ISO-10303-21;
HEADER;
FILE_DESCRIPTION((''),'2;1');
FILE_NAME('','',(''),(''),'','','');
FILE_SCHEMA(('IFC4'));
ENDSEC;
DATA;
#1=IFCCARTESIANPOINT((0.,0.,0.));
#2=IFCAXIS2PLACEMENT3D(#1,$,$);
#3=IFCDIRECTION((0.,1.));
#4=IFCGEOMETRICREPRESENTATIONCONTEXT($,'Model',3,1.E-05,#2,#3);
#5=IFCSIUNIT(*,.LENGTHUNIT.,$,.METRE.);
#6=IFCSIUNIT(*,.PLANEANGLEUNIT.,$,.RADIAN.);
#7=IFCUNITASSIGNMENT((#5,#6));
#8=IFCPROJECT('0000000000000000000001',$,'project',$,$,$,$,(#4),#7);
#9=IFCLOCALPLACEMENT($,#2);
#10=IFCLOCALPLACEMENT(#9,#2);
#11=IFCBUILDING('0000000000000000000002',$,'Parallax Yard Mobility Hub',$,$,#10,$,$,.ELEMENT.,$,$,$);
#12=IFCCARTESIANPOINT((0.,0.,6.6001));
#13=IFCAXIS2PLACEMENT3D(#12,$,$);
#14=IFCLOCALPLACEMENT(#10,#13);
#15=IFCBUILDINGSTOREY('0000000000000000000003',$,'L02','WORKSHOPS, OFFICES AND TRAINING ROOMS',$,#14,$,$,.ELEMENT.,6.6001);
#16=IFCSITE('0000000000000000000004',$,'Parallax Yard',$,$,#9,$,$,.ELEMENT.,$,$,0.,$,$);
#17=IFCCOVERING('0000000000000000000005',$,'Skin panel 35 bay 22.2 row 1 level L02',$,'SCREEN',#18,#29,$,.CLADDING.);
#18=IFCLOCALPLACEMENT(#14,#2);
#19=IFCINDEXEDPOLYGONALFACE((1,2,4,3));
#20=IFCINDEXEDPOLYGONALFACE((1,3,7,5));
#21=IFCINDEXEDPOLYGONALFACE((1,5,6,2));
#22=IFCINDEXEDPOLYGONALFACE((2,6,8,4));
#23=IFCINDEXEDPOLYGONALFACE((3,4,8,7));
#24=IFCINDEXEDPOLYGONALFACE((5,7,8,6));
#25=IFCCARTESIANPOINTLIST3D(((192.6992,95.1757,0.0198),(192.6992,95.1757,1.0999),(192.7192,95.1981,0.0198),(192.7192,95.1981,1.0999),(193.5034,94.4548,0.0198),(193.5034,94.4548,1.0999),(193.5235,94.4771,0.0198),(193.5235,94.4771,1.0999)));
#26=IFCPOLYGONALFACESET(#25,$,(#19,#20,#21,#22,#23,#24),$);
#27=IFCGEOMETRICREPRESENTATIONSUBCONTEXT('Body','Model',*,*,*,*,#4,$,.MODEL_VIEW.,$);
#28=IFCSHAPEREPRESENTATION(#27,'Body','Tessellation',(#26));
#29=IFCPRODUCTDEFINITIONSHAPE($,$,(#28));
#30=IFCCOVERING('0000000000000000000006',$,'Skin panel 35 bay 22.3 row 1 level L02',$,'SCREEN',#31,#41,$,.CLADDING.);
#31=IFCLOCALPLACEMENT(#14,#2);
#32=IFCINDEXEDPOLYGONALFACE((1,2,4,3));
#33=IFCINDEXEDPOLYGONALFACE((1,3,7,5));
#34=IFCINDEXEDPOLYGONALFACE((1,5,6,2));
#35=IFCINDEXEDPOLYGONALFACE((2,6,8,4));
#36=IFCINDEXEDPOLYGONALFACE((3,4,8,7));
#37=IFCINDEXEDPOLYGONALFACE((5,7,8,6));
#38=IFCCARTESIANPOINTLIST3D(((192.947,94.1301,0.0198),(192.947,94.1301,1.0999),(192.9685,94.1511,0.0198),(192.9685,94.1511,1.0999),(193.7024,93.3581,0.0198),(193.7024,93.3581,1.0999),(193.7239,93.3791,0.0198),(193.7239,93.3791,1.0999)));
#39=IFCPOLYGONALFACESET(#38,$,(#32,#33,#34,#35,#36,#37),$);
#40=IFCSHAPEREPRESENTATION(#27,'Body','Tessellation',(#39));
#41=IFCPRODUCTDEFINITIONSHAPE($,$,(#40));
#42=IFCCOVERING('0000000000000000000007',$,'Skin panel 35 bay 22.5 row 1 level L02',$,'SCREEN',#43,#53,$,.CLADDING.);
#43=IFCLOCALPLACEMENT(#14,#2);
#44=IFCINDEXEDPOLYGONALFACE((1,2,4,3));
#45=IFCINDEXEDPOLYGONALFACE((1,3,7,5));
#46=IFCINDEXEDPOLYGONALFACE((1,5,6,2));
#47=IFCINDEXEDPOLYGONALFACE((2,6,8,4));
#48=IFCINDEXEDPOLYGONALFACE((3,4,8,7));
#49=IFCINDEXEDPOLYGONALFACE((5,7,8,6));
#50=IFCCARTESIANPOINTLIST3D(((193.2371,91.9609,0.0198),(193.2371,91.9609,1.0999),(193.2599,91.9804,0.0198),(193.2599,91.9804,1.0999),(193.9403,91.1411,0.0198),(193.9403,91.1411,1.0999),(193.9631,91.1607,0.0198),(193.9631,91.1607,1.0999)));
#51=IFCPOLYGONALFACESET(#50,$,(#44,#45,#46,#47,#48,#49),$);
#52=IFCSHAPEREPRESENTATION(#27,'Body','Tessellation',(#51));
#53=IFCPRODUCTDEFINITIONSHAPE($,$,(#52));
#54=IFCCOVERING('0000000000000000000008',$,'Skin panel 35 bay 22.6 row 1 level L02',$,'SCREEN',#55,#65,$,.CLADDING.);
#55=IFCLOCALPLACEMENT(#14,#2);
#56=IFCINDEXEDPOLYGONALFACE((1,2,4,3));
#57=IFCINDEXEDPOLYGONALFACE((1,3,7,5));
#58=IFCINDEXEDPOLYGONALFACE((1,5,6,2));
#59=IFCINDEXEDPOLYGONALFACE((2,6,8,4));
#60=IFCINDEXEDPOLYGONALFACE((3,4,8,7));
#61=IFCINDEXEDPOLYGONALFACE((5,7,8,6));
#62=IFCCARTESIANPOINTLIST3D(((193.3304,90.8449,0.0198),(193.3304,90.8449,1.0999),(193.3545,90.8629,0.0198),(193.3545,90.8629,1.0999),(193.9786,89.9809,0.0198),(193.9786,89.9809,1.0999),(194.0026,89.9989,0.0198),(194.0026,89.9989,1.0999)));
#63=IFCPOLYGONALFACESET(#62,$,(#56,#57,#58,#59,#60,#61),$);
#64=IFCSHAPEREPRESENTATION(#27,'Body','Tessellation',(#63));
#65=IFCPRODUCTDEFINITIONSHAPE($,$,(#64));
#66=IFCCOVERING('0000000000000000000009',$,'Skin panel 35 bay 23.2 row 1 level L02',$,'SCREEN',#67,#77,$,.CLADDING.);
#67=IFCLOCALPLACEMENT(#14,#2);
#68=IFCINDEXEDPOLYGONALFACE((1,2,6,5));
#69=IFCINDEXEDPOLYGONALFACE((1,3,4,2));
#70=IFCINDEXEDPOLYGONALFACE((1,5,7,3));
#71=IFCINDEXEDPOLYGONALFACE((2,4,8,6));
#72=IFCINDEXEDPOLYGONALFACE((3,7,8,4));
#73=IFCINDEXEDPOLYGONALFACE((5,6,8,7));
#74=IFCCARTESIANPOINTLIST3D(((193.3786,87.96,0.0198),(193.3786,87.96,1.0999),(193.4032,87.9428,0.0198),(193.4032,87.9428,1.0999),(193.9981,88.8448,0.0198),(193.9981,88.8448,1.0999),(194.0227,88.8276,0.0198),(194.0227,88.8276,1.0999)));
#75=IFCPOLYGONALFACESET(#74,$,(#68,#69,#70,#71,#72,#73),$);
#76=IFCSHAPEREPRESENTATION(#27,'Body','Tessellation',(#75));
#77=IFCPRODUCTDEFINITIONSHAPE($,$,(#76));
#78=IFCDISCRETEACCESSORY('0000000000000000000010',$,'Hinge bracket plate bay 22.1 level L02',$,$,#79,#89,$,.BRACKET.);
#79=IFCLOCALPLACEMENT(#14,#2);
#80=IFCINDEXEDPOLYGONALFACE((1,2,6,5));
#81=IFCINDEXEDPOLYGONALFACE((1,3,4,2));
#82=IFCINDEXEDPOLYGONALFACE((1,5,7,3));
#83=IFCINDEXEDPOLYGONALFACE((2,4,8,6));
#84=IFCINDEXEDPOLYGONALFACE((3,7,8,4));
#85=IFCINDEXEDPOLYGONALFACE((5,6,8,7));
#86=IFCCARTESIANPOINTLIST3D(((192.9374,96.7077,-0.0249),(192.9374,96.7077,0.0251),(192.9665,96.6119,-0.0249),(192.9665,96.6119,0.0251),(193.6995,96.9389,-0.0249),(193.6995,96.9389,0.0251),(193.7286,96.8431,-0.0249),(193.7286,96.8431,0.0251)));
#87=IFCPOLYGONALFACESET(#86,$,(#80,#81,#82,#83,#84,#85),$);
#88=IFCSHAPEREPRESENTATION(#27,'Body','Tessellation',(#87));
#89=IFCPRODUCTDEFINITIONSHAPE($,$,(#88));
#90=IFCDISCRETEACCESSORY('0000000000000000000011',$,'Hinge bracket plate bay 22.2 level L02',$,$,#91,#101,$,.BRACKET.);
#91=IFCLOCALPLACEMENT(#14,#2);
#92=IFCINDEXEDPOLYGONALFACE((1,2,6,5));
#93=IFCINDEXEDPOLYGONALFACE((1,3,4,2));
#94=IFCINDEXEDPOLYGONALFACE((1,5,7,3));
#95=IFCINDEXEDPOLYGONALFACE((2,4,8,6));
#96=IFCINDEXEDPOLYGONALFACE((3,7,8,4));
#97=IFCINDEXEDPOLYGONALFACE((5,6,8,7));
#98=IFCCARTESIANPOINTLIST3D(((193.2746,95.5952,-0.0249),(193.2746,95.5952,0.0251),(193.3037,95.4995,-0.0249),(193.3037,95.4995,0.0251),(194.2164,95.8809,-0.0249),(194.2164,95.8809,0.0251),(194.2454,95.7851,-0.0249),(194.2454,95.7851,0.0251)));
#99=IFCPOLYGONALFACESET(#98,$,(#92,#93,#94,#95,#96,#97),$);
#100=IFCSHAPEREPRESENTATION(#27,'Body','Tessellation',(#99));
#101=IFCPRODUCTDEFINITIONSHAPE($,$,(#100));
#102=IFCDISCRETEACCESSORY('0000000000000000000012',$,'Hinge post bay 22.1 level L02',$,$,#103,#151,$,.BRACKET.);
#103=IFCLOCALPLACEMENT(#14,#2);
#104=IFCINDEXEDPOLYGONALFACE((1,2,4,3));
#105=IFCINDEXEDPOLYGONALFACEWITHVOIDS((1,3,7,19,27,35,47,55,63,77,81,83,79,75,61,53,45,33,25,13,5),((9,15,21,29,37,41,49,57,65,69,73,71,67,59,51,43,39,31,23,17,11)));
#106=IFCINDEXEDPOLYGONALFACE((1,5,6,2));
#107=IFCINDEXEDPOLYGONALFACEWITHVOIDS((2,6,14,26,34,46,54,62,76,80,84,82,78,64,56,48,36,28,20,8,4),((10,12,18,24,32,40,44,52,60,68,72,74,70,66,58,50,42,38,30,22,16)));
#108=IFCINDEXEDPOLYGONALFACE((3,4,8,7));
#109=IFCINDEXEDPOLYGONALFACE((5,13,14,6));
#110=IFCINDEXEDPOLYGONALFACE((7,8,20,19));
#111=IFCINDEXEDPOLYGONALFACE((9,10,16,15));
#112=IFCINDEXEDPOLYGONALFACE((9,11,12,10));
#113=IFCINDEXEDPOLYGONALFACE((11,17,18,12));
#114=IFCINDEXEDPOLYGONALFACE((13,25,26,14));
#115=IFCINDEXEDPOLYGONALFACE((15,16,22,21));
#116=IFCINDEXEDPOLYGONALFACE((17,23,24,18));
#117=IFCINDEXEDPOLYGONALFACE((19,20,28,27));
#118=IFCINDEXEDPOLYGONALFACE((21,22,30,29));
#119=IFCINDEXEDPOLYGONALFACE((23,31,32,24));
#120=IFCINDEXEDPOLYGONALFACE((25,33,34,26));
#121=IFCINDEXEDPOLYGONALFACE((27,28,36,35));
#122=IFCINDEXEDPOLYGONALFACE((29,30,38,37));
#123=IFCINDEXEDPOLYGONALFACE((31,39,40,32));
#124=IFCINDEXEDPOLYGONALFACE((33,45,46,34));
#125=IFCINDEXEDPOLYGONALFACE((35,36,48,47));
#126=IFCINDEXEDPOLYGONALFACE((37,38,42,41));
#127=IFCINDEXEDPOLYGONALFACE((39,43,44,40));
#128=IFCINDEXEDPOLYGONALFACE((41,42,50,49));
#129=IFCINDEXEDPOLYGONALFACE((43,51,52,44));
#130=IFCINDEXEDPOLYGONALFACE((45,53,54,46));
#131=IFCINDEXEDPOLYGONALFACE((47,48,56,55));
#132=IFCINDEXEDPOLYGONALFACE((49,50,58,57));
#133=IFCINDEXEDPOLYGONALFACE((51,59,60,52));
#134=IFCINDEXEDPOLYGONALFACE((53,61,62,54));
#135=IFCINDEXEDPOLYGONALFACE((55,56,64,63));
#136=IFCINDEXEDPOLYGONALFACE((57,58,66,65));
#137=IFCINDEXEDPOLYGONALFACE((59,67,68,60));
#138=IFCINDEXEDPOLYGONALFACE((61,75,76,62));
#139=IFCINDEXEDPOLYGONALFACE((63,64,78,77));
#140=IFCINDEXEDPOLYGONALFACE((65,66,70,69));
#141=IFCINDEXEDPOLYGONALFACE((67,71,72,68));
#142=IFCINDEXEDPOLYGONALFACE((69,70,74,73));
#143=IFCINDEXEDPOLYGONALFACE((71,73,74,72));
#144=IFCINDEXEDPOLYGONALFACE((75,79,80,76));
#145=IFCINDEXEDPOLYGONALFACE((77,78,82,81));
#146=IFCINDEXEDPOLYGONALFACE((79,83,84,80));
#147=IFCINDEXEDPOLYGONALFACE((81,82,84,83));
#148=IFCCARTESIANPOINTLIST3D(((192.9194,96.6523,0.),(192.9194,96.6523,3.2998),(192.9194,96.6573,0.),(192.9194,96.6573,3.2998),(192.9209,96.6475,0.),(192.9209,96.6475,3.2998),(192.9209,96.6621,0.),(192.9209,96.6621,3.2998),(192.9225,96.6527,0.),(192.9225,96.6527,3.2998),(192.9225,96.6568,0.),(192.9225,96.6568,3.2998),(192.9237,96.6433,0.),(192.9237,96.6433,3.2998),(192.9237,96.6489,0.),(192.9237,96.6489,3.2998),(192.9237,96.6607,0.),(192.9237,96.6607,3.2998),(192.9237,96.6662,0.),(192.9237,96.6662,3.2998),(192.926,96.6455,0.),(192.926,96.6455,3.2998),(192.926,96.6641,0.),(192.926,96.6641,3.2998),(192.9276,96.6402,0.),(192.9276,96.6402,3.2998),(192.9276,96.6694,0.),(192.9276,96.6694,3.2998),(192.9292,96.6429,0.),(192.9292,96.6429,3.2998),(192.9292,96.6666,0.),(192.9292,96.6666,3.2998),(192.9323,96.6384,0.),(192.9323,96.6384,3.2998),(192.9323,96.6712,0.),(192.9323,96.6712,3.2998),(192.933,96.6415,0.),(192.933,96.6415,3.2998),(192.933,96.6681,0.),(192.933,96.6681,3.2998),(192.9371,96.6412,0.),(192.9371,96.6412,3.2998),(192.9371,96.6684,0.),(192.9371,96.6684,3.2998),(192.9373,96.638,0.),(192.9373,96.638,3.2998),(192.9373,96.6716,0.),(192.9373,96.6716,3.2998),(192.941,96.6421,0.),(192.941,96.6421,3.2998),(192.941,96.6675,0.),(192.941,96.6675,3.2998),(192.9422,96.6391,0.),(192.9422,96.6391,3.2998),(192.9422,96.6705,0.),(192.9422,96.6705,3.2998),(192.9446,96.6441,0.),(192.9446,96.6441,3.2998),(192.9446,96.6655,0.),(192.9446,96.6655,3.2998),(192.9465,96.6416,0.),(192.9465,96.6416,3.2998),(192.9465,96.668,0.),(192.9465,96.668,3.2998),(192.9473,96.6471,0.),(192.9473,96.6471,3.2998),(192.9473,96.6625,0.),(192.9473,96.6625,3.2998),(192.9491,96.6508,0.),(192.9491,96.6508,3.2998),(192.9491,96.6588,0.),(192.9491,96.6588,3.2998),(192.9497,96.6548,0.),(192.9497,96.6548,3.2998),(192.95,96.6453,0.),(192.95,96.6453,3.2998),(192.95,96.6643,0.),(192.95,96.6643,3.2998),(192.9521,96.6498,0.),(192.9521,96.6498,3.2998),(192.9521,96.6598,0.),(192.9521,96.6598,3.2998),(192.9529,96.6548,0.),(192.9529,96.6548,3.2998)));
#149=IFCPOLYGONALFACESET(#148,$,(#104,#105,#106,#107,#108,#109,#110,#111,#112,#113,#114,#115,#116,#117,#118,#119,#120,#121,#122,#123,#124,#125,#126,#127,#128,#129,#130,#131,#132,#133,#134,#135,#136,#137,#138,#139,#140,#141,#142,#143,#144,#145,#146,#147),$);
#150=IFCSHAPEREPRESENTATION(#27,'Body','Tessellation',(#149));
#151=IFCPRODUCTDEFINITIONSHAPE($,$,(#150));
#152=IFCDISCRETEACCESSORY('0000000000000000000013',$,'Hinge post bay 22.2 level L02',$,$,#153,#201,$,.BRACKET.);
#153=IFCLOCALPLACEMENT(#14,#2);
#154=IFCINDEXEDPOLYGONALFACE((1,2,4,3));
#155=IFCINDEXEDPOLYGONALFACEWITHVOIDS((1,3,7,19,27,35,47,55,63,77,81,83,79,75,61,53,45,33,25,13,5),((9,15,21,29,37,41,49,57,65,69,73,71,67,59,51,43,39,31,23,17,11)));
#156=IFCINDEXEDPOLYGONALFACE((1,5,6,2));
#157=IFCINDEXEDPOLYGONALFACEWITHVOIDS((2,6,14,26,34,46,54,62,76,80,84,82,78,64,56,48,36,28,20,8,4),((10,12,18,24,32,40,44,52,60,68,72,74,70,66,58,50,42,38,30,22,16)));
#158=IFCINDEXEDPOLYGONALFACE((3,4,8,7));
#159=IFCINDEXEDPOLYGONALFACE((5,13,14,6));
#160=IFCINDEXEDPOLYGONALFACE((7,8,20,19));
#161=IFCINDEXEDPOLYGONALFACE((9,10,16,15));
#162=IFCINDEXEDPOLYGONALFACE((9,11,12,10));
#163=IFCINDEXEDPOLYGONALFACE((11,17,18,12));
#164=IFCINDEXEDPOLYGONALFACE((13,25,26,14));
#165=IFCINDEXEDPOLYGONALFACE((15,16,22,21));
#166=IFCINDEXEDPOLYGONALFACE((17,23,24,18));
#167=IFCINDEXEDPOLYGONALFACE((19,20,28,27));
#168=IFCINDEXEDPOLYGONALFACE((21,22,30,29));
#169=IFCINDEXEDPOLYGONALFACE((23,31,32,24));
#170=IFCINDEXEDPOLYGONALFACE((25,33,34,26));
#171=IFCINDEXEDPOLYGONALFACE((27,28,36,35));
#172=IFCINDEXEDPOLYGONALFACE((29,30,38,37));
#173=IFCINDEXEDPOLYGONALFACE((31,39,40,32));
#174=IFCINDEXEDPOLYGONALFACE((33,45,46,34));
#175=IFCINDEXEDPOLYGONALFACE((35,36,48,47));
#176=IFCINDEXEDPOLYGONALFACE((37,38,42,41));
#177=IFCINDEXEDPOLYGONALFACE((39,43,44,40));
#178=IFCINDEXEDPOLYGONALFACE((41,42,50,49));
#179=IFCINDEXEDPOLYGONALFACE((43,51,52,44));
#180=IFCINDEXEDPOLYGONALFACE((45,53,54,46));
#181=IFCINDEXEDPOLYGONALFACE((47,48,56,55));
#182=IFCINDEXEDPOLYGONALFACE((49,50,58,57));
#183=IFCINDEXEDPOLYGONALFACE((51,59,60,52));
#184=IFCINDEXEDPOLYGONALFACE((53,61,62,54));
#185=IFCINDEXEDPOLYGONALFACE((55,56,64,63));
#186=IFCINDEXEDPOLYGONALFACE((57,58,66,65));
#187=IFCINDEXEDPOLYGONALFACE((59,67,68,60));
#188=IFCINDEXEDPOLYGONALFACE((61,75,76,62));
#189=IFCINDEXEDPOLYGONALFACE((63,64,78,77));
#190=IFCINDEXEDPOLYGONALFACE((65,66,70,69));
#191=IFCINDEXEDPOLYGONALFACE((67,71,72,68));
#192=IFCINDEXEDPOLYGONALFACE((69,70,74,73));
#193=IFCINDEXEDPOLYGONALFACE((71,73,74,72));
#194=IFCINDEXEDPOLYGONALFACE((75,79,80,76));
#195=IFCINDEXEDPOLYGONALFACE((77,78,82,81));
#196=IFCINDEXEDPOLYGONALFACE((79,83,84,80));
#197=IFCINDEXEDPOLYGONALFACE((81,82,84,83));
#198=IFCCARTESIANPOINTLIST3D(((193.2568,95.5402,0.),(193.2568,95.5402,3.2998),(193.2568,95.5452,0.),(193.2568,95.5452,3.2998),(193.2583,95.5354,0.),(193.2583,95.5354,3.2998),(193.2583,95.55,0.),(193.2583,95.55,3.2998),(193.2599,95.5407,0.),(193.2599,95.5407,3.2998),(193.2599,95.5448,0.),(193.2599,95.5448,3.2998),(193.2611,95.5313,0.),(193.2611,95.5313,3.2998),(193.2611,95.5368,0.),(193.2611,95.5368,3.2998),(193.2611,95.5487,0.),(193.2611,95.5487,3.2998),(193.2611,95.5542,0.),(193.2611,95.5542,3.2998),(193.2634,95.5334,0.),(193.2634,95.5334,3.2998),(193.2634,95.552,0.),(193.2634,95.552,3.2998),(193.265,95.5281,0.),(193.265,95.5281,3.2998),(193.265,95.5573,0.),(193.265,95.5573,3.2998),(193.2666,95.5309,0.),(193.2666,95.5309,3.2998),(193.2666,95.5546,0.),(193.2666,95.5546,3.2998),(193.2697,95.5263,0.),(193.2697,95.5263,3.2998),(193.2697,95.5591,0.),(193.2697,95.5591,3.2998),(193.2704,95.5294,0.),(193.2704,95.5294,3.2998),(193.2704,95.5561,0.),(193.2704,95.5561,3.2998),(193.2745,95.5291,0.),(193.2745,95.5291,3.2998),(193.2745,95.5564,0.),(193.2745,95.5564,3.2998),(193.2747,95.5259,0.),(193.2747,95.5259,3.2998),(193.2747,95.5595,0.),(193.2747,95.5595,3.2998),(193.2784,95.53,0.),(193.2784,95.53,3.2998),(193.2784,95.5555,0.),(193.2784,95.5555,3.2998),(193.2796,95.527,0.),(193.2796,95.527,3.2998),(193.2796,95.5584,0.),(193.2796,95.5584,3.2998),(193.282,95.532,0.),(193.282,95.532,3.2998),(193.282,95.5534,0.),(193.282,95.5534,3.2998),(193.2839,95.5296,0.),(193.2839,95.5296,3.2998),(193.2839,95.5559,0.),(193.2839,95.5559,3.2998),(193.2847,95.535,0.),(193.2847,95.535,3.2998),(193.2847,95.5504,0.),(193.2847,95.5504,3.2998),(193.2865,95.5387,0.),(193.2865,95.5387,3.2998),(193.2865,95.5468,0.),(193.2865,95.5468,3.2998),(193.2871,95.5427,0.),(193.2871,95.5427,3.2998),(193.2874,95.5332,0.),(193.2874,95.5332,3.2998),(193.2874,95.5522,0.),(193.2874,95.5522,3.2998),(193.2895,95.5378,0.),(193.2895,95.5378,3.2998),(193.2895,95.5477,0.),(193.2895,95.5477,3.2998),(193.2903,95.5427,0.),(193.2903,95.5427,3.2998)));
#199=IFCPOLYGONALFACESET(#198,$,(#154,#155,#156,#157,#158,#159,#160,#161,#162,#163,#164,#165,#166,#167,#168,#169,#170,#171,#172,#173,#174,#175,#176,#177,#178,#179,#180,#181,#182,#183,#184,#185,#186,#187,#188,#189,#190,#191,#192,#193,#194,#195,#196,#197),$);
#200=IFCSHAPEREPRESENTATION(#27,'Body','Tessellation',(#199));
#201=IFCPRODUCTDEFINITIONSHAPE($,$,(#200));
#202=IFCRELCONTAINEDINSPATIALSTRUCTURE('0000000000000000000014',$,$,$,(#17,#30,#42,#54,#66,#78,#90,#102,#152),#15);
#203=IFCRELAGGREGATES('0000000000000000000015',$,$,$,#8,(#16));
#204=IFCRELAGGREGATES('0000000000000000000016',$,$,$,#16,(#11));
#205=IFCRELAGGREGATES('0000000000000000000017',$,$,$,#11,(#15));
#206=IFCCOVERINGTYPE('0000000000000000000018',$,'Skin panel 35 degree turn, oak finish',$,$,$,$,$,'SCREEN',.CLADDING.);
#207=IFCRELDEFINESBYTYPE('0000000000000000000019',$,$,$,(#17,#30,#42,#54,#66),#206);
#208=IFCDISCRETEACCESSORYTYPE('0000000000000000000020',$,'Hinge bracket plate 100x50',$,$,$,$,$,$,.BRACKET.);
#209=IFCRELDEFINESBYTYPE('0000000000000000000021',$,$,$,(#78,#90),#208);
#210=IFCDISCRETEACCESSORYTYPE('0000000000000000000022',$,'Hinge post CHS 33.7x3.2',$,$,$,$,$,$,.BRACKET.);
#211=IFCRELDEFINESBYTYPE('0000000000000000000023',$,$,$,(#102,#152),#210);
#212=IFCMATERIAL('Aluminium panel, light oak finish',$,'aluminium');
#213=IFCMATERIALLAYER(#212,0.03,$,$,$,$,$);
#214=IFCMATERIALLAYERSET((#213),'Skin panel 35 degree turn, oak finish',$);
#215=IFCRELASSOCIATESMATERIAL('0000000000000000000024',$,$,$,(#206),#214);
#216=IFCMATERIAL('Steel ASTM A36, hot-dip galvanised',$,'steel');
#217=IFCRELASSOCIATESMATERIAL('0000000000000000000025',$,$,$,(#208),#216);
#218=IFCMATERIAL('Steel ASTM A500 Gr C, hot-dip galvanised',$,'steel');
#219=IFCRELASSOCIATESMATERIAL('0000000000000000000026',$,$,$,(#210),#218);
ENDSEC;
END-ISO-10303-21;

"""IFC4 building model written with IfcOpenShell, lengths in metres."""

from ifc_helpers import new_model, si_unit, direction, frame, origin, origin_2d, place, context, subcontext, project, spatial, rectangle, hollow_circle, extrude, material, layer, layer_set, material_profile, profile_set, type_object, element, save


model = new_model("IFC4")

# Units and contexts
model_context = context("Model", 3, precision=1e-05, world=origin(), true_north=direction((0.0, 1.0)))
body_context = subcontext(model_context, "Body", "Model", "MODEL_VIEW")
ifc_project = project(units=[si_unit("LENGTHUNIT", "METRE"), si_unit("PLANEANGLEUNIT", "RADIAN")], contexts=[model_context])

# Site, building, storey
site_placement = place(None, origin())
site = spatial("IfcSite", under=ifc_project, at=site_placement, Name="Parallax Yard", CompositionType="ELEMENT", RefElevation=0.0)
building_placement = place(site_placement, origin())
building = spatial("IfcBuilding", under=site, at=building_placement, Name="Parallax Yard Mobility Hub", CompositionType="ELEMENT")
storey_placement = place(building_placement, frame((0.0, 0.0, 6.6001)))
storey = spatial("IfcBuildingStorey", under=building, at=storey_placement, Name="L02", Description="WORKSHOPS, OFFICES AND TRAINING ROOMS", CompositionType="ELEMENT", Elevation=6.6001)

# Coverings
ifc_material_1 = material(Name="Aluminium panel, light oak finish", Category="aluminium")
ifc_layer_1 = layer(ifc_material_1, 0.03)
ifc_layer_set_1 = layer_set([ifc_layer_1], Name="Skin panel 35 degree turn, oak finish")
covering_type_1 = type_object("IfcCoveringType", Name="Skin panel 35 degree turn, oak finish", ElementType="SCREEN", PredefinedType="CLADDING", material=ifc_layer_set_1)
for number, where, z_axis, x_axis, name in (
    (1, (193.1113, 94.8264, 0.0198), (0.0, 0.0, 1.0), (-0.744603, 0.667508, 0.0), "Skin panel 35 bay 22.2 row 1 level L02"),
    (2, (193.3354, 93.7546, 0.0198), (0.0, 0.0, 1.0), (-0.699352, 0.714778, 0.0), "Skin panel 35 bay 22.3 row 1 level L02"),
    (3, (193.6001, 91.5608, 0.0198), (0.0, 0.0, 1.0), (-0.651105, 0.758987, 0.0), "Skin panel 35 bay 22.5 row 1 level L02"),
    (4, (193.6665, 90.4219, 0.0198), (0.0, 0.0, 1.0), (-0.600071, 0.799947, 0.0), "Skin panel 35 bay 22.6 row 1 level L02"),
    (5, (193.7007, 88.3938, 0.0198), (0.0, 0.0, 1.0), (-0.573576, -0.819152, 0.0), "Skin panel 35 bay 23.2 row 1 level L02"),
):
    element("IfcCovering", number, at=place(storey_placement, frame(where, z_axis=z_axis, x_axis=x_axis)), inside=storey, type_object=covering_type_1, Name=name, ObjectType="SCREEN", PredefinedType="CLADDING", context=body_context, shape_type="SweptSolid", body=[
        extrude(rectangle(XDim=1.0801, YDim=0.03, at=origin_2d()), origin(), (0.0, 0.0, 1.0), 1.0801),
    ])

# Discrete accessories
ifc_material_2 = material(Name="Steel ASTM A36, hot-dip galvanised", Category="steel")
discrete_accessory_type_1 = type_object("IfcDiscreteAccessoryType", Name="Hinge bracket plate 100x50", PredefinedType="BRACKET", material=ifc_material_2)
discrete_accessory_1_placement = place(storey_placement, frame((193.333, 96.7754, -0.0249), z_axis=(0.0, 0.0, 1.0), x_axis=(-0.95694, -0.290285, 0.0)))
element("IfcDiscreteAccessory", 6, at=discrete_accessory_1_placement, inside=storey, type_object=discrete_accessory_type_1, Name="Hinge bracket plate bay 22.1 level L02", PredefinedType="BRACKET", context=body_context, shape_type="SweptSolid", body=[
    extrude(rectangle(XDim=0.7964, YDim=0.1001, at=origin_2d()), origin(), (0.0, 0.0, 1.0), 0.05),
])
discrete_accessory_2_placement = place(storey_placement, frame((193.76, 95.6902, -0.0249), z_axis=(0.0, 0.0, 1.0), x_axis=(-0.95694, -0.290285, 0.0)))
element("IfcDiscreteAccessory", 7, at=discrete_accessory_2_placement, inside=storey, type_object=discrete_accessory_type_1, Name="Hinge bracket plate bay 22.2 level L02", PredefinedType="BRACKET", context=body_context, shape_type="SweptSolid", body=[
    extrude(rectangle(XDim=0.9841, YDim=0.1001, at=origin_2d()), origin(), (0.0, 0.0, 1.0), 0.05),
])
ifc_material_3 = material(Name="Steel ASTM A500 Gr C, hot-dip galvanised", Category="steel")
ifc_material_profile = material_profile(ifc_material_3, hollow_circle(Radius=0.0168, WallThickness=0.0032, at=origin_2d()), Name="CHS 33.7x3.2")
ifc_profile_set = profile_set([ifc_material_profile], Name="Steel ASTM A500 Gr C, hot-dip galvanised")
discrete_accessory_type_2 = type_object("IfcDiscreteAccessoryType", Name="Hinge post CHS 33.7x3.2", PredefinedType="BRACKET", material=ifc_profile_set)
for number, where, z_axis, x_axis, name in (
    (8, (192.936, 96.6548, 0.0), (0.0, 0.0, 1.0), (1.0, 0.0, 0.0), "Hinge post bay 22.1 level L02"),
    (9, (193.2734, 95.5427, 0.0), (0.0, 0.0, 1.0), (1.0, 0.0, 0.0), "Hinge post bay 22.2 level L02"),
):
    element("IfcDiscreteAccessory", number, at=place(storey_placement, frame(where, z_axis=z_axis, x_axis=x_axis)), inside=storey, type_object=discrete_accessory_type_2, Name=name, PredefinedType="BRACKET", context=body_context, shape_type="SweptSolid", body=[
        extrude(hollow_circle(Radius=0.0168, WallThickness=0.0032, at=origin_2d()), origin(), (0.0, 0.0, 1.0), 3.2998),
    ])

save(model, "model.ifc")
